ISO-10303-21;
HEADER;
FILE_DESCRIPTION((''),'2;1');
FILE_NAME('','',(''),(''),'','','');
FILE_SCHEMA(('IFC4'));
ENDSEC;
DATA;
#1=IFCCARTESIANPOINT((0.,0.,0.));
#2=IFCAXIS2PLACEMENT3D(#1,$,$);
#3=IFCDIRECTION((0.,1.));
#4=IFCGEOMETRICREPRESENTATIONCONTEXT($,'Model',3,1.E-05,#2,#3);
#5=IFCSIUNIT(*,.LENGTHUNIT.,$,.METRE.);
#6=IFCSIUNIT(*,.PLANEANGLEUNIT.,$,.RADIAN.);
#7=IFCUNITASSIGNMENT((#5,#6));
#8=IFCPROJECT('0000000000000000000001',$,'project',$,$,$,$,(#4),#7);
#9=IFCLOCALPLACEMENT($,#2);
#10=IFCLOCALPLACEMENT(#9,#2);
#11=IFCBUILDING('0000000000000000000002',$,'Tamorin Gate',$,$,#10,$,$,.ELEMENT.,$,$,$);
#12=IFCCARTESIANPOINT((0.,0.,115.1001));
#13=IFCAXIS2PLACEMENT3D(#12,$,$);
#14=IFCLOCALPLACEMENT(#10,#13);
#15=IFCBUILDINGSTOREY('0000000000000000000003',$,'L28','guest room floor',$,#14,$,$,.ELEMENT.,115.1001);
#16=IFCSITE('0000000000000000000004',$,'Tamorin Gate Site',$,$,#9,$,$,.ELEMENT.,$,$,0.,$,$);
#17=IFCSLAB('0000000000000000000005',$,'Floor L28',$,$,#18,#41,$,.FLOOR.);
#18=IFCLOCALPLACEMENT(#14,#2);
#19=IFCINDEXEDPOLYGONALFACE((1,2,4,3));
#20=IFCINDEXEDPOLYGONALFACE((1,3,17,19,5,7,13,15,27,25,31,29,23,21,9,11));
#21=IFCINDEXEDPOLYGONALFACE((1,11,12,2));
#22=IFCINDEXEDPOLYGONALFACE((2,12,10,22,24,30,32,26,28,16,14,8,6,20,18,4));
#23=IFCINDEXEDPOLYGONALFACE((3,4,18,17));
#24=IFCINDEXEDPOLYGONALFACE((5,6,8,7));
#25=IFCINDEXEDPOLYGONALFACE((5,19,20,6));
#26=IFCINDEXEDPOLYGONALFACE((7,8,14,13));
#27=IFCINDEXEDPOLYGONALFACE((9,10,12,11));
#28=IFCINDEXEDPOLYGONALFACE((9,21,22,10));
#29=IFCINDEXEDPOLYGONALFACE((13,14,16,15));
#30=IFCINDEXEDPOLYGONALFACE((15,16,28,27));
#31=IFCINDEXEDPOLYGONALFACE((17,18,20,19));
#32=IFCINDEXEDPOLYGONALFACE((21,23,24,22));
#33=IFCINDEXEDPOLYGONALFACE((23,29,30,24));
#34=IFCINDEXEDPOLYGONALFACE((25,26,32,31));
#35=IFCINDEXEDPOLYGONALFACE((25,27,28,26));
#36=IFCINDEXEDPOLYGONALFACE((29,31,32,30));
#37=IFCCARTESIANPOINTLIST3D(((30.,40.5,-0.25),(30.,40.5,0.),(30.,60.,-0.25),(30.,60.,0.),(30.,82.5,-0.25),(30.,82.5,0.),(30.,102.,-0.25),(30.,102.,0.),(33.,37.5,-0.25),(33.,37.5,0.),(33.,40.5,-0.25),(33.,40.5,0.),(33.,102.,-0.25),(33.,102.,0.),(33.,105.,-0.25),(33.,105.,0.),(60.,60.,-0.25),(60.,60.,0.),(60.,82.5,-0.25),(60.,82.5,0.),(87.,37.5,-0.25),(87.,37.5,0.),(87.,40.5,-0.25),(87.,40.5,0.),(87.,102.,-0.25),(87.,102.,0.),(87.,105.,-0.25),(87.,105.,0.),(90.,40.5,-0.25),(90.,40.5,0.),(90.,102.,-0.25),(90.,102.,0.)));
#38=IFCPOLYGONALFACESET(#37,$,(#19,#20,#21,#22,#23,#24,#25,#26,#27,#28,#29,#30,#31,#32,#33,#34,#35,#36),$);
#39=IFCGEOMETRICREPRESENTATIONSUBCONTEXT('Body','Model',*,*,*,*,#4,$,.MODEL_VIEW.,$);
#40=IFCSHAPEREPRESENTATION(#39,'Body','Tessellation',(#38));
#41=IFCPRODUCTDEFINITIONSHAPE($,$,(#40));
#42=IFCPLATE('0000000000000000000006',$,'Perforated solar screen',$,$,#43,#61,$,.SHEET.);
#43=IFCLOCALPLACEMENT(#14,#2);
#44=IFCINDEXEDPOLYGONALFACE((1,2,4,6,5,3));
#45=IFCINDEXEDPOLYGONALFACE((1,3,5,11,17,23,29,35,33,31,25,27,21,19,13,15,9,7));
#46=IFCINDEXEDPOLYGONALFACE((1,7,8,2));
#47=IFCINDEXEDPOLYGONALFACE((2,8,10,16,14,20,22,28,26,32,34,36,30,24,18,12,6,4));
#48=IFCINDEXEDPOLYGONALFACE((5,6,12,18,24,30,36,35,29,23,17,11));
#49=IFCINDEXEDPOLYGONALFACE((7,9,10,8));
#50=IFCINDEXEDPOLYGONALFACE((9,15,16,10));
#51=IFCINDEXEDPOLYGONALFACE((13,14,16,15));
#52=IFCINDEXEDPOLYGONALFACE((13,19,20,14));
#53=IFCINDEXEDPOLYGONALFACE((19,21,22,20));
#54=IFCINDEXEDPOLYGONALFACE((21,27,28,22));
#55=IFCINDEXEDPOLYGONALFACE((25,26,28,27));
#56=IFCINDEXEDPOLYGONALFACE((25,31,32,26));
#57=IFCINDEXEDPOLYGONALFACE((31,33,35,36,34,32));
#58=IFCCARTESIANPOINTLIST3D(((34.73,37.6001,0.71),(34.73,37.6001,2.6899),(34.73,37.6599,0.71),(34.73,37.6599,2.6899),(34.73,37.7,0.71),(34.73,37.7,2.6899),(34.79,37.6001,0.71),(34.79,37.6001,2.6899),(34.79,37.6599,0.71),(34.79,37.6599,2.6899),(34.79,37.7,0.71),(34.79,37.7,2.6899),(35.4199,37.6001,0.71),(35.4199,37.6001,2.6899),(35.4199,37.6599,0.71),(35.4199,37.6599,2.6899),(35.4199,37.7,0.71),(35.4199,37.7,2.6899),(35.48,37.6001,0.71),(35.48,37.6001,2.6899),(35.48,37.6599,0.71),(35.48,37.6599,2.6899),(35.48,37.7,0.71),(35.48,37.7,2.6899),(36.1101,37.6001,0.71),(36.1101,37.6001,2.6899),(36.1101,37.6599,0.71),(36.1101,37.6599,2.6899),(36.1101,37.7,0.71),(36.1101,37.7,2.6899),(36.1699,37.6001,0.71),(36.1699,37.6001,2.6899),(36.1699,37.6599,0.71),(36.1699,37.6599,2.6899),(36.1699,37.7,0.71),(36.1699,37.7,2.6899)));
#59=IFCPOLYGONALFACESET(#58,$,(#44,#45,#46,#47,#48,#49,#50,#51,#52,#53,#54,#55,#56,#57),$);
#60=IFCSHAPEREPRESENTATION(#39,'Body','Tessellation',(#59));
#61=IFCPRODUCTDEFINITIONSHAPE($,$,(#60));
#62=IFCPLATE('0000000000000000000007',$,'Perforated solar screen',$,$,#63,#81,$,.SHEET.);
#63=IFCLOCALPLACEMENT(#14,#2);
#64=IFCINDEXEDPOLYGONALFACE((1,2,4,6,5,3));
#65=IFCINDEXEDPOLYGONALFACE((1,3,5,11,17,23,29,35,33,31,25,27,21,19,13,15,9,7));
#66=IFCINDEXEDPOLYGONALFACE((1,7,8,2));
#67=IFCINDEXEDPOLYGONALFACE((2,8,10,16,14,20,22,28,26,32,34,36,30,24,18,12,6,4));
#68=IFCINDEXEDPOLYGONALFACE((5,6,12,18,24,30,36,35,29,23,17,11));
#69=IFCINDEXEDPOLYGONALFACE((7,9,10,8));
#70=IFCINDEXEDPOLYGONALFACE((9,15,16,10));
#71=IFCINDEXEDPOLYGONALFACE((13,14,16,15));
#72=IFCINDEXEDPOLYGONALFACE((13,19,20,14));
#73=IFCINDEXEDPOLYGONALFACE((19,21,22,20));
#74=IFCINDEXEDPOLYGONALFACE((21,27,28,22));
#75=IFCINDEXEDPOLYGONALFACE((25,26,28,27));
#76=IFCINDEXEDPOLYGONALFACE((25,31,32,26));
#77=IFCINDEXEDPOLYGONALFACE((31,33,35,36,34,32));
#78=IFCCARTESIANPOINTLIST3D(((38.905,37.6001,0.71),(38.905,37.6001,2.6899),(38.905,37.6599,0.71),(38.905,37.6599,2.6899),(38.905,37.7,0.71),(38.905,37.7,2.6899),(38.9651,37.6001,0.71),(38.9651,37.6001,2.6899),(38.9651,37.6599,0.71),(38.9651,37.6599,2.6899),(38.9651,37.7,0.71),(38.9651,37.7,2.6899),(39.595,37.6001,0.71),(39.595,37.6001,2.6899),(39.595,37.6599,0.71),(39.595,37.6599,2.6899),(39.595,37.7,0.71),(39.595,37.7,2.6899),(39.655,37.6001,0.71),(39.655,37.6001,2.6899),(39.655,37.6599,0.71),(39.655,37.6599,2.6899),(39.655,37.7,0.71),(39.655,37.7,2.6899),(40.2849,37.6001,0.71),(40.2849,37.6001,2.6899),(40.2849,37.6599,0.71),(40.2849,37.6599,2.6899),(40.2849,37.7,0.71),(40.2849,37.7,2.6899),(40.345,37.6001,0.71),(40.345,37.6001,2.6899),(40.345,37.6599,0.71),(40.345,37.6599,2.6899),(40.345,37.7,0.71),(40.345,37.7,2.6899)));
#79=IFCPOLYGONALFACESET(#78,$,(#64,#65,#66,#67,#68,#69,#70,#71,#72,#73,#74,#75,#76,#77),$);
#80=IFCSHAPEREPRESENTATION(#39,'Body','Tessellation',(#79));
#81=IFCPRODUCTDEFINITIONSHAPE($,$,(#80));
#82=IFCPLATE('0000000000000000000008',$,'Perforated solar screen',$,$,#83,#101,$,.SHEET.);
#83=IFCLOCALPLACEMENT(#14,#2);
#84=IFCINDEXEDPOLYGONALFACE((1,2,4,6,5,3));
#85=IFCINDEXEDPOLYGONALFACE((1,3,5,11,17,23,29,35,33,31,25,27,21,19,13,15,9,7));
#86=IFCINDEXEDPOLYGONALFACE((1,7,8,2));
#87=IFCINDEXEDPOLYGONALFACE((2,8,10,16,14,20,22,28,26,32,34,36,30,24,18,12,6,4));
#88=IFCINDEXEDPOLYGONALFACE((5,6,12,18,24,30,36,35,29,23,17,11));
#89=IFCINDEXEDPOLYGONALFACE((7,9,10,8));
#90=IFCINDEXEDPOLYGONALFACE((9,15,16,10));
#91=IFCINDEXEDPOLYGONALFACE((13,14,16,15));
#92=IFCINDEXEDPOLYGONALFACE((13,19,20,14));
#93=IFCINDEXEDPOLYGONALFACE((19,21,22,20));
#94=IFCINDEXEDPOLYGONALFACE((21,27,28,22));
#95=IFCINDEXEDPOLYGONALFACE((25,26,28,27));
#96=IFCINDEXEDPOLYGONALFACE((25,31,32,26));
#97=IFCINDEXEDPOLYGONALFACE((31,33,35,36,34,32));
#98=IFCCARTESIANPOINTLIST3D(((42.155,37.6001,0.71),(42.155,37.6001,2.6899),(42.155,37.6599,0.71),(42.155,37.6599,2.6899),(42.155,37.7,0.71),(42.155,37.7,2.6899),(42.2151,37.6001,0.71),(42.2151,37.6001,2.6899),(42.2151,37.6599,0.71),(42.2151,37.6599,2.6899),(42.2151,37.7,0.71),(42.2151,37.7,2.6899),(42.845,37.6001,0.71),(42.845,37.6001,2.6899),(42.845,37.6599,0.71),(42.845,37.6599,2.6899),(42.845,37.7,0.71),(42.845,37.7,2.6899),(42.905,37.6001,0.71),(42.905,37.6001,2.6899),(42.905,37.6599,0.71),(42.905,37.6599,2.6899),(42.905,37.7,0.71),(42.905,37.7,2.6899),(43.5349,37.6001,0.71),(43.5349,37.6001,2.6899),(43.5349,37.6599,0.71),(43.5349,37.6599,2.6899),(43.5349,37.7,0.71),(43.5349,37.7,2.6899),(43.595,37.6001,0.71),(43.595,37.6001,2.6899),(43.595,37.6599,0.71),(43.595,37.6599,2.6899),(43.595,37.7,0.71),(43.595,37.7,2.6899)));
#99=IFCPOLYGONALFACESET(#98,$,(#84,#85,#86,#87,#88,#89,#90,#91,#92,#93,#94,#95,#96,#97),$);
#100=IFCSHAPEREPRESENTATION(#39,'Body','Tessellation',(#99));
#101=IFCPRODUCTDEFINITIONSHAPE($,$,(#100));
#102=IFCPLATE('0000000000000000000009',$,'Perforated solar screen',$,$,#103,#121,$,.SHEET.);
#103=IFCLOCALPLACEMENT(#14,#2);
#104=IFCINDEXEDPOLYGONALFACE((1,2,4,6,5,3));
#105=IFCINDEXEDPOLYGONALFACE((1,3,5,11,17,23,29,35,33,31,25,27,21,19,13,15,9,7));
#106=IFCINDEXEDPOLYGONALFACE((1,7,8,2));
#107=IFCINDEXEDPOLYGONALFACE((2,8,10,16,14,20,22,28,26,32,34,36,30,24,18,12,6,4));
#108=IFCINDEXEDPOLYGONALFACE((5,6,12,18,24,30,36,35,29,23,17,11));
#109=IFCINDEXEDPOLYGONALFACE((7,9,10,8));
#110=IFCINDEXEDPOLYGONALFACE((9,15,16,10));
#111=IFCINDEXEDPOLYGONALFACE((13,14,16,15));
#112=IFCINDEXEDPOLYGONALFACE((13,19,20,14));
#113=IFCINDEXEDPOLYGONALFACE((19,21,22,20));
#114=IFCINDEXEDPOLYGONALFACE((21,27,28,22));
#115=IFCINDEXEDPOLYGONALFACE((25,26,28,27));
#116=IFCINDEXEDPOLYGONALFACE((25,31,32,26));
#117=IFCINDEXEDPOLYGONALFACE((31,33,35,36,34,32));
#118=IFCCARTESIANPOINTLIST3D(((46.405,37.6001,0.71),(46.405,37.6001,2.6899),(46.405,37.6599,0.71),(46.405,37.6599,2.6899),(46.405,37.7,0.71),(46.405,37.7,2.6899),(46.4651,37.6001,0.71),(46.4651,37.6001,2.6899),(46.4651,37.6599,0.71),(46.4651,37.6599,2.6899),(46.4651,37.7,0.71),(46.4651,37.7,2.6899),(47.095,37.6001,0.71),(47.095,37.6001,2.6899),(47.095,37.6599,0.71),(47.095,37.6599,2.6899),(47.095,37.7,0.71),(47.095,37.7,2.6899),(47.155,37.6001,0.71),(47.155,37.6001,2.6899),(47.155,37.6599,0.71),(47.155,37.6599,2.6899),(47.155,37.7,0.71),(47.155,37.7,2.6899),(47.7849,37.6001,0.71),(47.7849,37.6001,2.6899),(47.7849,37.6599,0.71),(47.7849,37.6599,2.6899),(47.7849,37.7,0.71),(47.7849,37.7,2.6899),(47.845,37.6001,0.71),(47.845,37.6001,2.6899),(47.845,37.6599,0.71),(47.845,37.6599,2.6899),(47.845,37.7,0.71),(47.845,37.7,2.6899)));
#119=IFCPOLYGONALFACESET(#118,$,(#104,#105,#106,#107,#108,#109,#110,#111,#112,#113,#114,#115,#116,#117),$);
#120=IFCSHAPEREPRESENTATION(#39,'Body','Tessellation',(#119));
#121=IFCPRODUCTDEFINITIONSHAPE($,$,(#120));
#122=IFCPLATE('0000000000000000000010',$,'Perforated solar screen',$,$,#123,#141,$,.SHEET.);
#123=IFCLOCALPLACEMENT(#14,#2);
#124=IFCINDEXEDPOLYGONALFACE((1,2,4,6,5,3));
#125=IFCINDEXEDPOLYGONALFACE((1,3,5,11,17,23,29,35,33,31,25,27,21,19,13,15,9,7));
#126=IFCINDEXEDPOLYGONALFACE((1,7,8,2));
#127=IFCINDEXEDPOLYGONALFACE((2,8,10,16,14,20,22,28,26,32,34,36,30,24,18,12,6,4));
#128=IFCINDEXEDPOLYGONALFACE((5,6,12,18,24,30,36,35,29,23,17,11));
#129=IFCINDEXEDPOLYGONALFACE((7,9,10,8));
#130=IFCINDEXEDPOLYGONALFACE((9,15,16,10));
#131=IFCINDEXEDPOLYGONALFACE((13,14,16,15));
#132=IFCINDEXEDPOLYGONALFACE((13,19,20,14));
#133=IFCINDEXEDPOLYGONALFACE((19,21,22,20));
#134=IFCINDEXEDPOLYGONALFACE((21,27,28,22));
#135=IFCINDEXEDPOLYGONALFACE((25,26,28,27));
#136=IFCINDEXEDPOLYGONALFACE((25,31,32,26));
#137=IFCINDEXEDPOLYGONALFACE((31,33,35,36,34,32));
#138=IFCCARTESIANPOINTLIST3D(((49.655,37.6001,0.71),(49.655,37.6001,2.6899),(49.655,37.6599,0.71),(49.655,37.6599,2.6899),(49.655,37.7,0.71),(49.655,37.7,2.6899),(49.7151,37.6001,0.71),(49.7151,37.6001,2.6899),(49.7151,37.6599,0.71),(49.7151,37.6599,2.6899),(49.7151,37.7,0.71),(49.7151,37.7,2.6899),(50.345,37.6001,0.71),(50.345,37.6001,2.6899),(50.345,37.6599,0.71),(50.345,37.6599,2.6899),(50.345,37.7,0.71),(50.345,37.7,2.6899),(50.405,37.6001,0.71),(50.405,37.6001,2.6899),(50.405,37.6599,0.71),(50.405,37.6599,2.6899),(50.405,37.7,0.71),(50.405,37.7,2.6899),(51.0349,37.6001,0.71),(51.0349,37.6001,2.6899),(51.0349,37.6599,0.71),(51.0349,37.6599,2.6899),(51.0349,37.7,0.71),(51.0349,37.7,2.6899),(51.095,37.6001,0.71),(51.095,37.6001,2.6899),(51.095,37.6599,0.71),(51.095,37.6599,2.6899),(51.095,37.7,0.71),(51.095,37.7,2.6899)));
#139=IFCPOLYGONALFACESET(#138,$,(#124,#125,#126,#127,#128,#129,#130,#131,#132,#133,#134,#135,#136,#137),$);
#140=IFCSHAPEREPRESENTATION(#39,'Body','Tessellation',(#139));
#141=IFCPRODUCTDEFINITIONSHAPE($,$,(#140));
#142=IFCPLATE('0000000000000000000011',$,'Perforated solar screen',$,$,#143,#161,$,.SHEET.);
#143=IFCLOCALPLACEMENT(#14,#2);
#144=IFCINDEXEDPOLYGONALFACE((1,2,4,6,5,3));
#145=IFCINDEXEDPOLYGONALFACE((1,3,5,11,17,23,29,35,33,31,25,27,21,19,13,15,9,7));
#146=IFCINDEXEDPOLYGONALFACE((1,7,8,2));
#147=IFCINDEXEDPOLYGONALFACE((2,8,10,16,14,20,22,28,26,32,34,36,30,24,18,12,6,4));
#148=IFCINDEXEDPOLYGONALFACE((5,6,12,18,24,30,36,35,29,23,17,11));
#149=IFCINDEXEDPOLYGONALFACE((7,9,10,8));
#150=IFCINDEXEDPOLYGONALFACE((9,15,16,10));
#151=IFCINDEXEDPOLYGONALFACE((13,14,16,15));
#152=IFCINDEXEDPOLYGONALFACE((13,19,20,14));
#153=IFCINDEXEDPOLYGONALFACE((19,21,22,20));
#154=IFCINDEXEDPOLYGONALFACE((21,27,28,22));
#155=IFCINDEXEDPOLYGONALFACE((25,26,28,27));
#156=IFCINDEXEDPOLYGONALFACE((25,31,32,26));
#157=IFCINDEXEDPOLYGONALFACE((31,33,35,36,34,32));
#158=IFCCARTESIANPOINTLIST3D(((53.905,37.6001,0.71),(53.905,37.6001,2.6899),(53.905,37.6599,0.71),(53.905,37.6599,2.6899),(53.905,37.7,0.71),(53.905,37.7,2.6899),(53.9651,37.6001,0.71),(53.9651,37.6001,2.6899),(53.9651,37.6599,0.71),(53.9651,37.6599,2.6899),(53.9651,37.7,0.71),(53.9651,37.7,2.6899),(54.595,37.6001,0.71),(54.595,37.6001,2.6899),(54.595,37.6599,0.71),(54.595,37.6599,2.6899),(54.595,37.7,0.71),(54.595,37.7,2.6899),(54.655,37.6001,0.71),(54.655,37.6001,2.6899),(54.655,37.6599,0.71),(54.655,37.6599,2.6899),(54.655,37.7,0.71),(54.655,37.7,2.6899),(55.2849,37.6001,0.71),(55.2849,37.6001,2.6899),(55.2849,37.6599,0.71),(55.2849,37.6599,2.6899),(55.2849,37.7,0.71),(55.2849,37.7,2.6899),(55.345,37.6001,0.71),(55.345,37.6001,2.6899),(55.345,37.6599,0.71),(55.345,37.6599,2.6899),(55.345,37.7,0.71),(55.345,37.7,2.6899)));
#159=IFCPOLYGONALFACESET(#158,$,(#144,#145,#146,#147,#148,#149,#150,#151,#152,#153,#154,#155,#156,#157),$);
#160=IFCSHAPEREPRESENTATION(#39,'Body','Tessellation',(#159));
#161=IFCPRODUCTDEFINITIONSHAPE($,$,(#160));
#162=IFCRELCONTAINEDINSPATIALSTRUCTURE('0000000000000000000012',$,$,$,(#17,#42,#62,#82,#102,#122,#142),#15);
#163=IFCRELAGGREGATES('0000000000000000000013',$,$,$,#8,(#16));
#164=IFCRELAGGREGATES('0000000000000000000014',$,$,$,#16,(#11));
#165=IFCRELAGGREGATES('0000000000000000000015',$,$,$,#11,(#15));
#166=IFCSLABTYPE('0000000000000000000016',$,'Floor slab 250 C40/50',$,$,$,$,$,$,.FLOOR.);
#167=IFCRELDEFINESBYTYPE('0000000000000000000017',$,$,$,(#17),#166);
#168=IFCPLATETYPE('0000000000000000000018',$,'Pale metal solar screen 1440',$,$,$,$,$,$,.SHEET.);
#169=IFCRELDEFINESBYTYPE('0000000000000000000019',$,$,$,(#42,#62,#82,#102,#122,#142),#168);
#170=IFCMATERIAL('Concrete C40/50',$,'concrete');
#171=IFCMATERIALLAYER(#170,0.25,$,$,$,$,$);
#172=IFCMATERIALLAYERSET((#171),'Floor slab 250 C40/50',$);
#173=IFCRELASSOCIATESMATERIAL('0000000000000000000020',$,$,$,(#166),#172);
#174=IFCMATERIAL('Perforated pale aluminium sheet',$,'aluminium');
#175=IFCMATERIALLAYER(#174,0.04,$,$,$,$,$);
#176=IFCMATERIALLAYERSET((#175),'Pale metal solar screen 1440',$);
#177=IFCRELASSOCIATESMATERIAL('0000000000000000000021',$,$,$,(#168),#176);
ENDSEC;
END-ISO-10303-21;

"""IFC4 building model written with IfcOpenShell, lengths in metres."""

from ifc_helpers import new_model, si_unit, direction, frame, origin, place, context, subcontext, project, spatial, polyline, outline, extrude, material, layer, layer_set, type_object, element, save


model = new_model("IFC4")

# Units and contexts
model_context = context("Model", 3, precision=1e-05, world=origin(), true_north=direction((0.0, 1.0)))
body_context = subcontext(model_context, "Body", "Model", "MODEL_VIEW")
ifc_project = project(units=[si_unit("LENGTHUNIT", "METRE"), si_unit("PLANEANGLEUNIT", "RADIAN")], contexts=[model_context])

# Site, building, storey
site_placement = place(None, origin())
site = spatial("IfcSite", under=ifc_project, at=site_placement, Name="Tamorin Gate Site", CompositionType="ELEMENT", RefElevation=0.0)
building_placement = place(site_placement, origin())
building = spatial("IfcBuilding", under=site, at=building_placement, Name="Tamorin Gate", CompositionType="ELEMENT")
storey_placement = place(building_placement, frame((0.0, 0.0, 115.1001)))
storey = spatial("IfcBuildingStorey", under=building, at=storey_placement, Name="L28", Description="guest room floor", CompositionType="ELEMENT", Elevation=115.1001)

# Slab
ifc_material_1 = material(Name="Concrete C40/50", Category="concrete")
ifc_layer_1 = layer(ifc_material_1, 0.25)
ifc_layer_set_1 = layer_set([ifc_layer_1], Name="Floor slab 250 C40/50")
slab_type = type_object("IfcSlabType", Name="Floor slab 250 C40/50", PredefinedType="FLOOR", material=ifc_layer_set_1)
slab_placement = place(storey_placement, frame((0.0, 0.0, -0.25)))
element("IfcSlab", 1, at=slab_placement, inside=storey, type_object=slab_type, Name="Floor L28", PredefinedType="FLOOR", context=body_context, shape_type="SweptSolid", body=[
    extrude(outline(polyline([(30.0, 102.0), (33.0, 102.0), (33.0, 105.0), (87.0, 105.0), (87.0, 102.0), (90.0, 102.0), (90.0, 40.5), (87.0, 40.5), (87.0, 37.5), (33.0, 37.5), (33.0, 40.5), (30.0, 40.5), (30.0, 60.0), (60.0, 60.0), (60.0, 82.5), (30.0, 82.5), (30.0, 102.0)])), origin(), (0.0, 0.0, 1.0), 0.25),
])

# Plates
ifc_material_2 = material(Name="Perforated pale aluminium sheet", Category="aluminium")
ifc_layer_2 = layer(ifc_material_2, 0.04)
ifc_layer_set_2 = layer_set([ifc_layer_2], Name="Pale metal solar screen 1440")
plate_type = type_object("IfcPlateType", Name="Pale metal solar screen 1440", PredefinedType="SHEET", material=ifc_layer_set_2)
plate_1_placement = place(storey_placement, frame((0.0, 0.0, 0.71)))
element("IfcPlate", 2, at=plate_1_placement, inside=storey, type_object=plate_type, Name="Perforated solar screen", PredefinedType="SHEET", context=body_context, shape_type="SweptSolid", body=[
    extrude(outline(polyline([(34.73, 37.6599), (34.73, 37.7), (34.79, 37.7), (35.4199, 37.7), (35.48, 37.7), (36.1101, 37.7), (36.1699, 37.7), (36.1699, 37.6599), (36.1699, 37.6001), (36.1101, 37.6001), (36.1101, 37.6599), (35.48, 37.6599), (35.48, 37.6001), (35.4199, 37.6001), (35.4199, 37.6599), (34.79, 37.6599), (34.79, 37.6001), (34.73, 37.6001), (34.73, 37.6599)])), origin(), (0.0, 0.0, 1.0), 1.98),
])
plate_2_placement = place(storey_placement, frame((0.0, 0.0, 0.71)))
element("IfcPlate", 3, at=plate_2_placement, inside=storey, type_object=plate_type, Name="Perforated solar screen", PredefinedType="SHEET", context=body_context, shape_type="SweptSolid", body=[
    extrude(outline(polyline([(38.905, 37.6599), (38.905, 37.7), (38.9651, 37.7), (39.595, 37.7), (39.655, 37.7), (40.2849, 37.7), (40.345, 37.7), (40.345, 37.7), (40.345, 37.6599), (40.345, 37.6599), (40.345, 37.6001), (40.2849, 37.6001), (40.2849, 37.6599), (39.655, 37.6599), (39.655, 37.6001), (39.595, 37.6001), (39.595, 37.6599), (38.9651, 37.6599), (38.9651, 37.6001), (38.905, 37.6001), (38.905, 37.6599)])), origin(), (0.0, 0.0, 1.0), 1.98),
])
plate_3_placement = place(storey_placement, frame((0.0, 0.0, 0.71)))
element("IfcPlate", 4, at=plate_3_placement, inside=storey, type_object=plate_type, Name="Perforated solar screen", PredefinedType="SHEET", context=body_context, shape_type="SweptSolid", body=[
    extrude(outline(polyline([(42.155, 37.6599), (42.155, 37.7), (42.2151, 37.7), (42.845, 37.7), (42.905, 37.7), (43.5349, 37.7), (43.595, 37.7), (43.595, 37.6599), (43.595, 37.6001), (43.5349, 37.6001), (43.5349, 37.6599), (42.905, 37.6599), (42.905, 37.6001), (42.845, 37.6001), (42.845, 37.6599), (42.2151, 37.6599), (42.2151, 37.6001), (42.155, 37.6001), (42.155, 37.6599)])), origin(), (0.0, 0.0, 1.0), 1.98),
])
plate_4_placement = place(storey_placement, frame((0.0, 0.0, 0.71)))
element("IfcPlate", 5, at=plate_4_placement, inside=storey, type_object=plate_type, Name="Perforated solar screen", PredefinedType="SHEET", context=body_context, shape_type="SweptSolid", body=[
    extrude(outline(polyline([(46.405, 37.6599), (46.405, 37.7), (46.4651, 37.7), (47.095, 37.7), (47.155, 37.7), (47.7849, 37.7), (47.845, 37.7), (47.845, 37.6599), (47.845, 37.6001), (47.7849, 37.6001), (47.7849, 37.6599), (47.155, 37.6599), (47.155, 37.6001), (47.095, 37.6001), (47.095, 37.6599), (46.4651, 37.6599), (46.4651, 37.6001), (46.405, 37.6001), (46.405, 37.6599)])), origin(), (0.0, 0.0, 1.0), 1.98),
])
plate_5_placement = place(storey_placement, frame((0.0, 0.0, 0.71)))
element("IfcPlate", 6, at=plate_5_placement, inside=storey, type_object=plate_type, Name="Perforated solar screen", PredefinedType="SHEET", context=body_context, shape_type="SweptSolid", body=[
    extrude(outline(polyline([(49.655, 37.6599), (49.655, 37.7), (49.7151, 37.7), (50.345, 37.7), (50.405, 37.7), (51.0349, 37.7), (51.095, 37.7), (51.095, 37.6599), (51.095, 37.6001), (51.0349, 37.6001), (51.0349, 37.6599), (50.405, 37.6599), (50.405, 37.6001), (50.345, 37.6001), (50.345, 37.6599), (49.7151, 37.6599), (49.7151, 37.6001), (49.655, 37.6001), (49.655, 37.6599)])), origin(), (0.0, 0.0, 1.0), 1.98),
])
plate_6_placement = place(storey_placement, frame((0.0, 0.0, 0.71)))
element("IfcPlate", 7, at=plate_6_placement, inside=storey, type_object=plate_type, Name="Perforated solar screen", PredefinedType="SHEET", context=body_context, shape_type="SweptSolid", body=[
    extrude(outline(polyline([(53.905, 37.6599), (53.905, 37.7), (53.9651, 37.7), (54.595, 37.7), (54.655, 37.7), (55.2849, 37.7), (55.345, 37.7), (55.345, 37.6599), (55.345, 37.6001), (55.2849, 37.6001), (55.2849, 37.6599), (54.655, 37.6599), (54.655, 37.6001), (54.595, 37.6001), (54.595, 37.6599), (53.9651, 37.6599), (53.9651, 37.6001), (53.905, 37.6001), (53.905, 37.6599)])), origin(), (0.0, 0.0, 1.0), 1.98),
])

save(model, "model.ifc")
